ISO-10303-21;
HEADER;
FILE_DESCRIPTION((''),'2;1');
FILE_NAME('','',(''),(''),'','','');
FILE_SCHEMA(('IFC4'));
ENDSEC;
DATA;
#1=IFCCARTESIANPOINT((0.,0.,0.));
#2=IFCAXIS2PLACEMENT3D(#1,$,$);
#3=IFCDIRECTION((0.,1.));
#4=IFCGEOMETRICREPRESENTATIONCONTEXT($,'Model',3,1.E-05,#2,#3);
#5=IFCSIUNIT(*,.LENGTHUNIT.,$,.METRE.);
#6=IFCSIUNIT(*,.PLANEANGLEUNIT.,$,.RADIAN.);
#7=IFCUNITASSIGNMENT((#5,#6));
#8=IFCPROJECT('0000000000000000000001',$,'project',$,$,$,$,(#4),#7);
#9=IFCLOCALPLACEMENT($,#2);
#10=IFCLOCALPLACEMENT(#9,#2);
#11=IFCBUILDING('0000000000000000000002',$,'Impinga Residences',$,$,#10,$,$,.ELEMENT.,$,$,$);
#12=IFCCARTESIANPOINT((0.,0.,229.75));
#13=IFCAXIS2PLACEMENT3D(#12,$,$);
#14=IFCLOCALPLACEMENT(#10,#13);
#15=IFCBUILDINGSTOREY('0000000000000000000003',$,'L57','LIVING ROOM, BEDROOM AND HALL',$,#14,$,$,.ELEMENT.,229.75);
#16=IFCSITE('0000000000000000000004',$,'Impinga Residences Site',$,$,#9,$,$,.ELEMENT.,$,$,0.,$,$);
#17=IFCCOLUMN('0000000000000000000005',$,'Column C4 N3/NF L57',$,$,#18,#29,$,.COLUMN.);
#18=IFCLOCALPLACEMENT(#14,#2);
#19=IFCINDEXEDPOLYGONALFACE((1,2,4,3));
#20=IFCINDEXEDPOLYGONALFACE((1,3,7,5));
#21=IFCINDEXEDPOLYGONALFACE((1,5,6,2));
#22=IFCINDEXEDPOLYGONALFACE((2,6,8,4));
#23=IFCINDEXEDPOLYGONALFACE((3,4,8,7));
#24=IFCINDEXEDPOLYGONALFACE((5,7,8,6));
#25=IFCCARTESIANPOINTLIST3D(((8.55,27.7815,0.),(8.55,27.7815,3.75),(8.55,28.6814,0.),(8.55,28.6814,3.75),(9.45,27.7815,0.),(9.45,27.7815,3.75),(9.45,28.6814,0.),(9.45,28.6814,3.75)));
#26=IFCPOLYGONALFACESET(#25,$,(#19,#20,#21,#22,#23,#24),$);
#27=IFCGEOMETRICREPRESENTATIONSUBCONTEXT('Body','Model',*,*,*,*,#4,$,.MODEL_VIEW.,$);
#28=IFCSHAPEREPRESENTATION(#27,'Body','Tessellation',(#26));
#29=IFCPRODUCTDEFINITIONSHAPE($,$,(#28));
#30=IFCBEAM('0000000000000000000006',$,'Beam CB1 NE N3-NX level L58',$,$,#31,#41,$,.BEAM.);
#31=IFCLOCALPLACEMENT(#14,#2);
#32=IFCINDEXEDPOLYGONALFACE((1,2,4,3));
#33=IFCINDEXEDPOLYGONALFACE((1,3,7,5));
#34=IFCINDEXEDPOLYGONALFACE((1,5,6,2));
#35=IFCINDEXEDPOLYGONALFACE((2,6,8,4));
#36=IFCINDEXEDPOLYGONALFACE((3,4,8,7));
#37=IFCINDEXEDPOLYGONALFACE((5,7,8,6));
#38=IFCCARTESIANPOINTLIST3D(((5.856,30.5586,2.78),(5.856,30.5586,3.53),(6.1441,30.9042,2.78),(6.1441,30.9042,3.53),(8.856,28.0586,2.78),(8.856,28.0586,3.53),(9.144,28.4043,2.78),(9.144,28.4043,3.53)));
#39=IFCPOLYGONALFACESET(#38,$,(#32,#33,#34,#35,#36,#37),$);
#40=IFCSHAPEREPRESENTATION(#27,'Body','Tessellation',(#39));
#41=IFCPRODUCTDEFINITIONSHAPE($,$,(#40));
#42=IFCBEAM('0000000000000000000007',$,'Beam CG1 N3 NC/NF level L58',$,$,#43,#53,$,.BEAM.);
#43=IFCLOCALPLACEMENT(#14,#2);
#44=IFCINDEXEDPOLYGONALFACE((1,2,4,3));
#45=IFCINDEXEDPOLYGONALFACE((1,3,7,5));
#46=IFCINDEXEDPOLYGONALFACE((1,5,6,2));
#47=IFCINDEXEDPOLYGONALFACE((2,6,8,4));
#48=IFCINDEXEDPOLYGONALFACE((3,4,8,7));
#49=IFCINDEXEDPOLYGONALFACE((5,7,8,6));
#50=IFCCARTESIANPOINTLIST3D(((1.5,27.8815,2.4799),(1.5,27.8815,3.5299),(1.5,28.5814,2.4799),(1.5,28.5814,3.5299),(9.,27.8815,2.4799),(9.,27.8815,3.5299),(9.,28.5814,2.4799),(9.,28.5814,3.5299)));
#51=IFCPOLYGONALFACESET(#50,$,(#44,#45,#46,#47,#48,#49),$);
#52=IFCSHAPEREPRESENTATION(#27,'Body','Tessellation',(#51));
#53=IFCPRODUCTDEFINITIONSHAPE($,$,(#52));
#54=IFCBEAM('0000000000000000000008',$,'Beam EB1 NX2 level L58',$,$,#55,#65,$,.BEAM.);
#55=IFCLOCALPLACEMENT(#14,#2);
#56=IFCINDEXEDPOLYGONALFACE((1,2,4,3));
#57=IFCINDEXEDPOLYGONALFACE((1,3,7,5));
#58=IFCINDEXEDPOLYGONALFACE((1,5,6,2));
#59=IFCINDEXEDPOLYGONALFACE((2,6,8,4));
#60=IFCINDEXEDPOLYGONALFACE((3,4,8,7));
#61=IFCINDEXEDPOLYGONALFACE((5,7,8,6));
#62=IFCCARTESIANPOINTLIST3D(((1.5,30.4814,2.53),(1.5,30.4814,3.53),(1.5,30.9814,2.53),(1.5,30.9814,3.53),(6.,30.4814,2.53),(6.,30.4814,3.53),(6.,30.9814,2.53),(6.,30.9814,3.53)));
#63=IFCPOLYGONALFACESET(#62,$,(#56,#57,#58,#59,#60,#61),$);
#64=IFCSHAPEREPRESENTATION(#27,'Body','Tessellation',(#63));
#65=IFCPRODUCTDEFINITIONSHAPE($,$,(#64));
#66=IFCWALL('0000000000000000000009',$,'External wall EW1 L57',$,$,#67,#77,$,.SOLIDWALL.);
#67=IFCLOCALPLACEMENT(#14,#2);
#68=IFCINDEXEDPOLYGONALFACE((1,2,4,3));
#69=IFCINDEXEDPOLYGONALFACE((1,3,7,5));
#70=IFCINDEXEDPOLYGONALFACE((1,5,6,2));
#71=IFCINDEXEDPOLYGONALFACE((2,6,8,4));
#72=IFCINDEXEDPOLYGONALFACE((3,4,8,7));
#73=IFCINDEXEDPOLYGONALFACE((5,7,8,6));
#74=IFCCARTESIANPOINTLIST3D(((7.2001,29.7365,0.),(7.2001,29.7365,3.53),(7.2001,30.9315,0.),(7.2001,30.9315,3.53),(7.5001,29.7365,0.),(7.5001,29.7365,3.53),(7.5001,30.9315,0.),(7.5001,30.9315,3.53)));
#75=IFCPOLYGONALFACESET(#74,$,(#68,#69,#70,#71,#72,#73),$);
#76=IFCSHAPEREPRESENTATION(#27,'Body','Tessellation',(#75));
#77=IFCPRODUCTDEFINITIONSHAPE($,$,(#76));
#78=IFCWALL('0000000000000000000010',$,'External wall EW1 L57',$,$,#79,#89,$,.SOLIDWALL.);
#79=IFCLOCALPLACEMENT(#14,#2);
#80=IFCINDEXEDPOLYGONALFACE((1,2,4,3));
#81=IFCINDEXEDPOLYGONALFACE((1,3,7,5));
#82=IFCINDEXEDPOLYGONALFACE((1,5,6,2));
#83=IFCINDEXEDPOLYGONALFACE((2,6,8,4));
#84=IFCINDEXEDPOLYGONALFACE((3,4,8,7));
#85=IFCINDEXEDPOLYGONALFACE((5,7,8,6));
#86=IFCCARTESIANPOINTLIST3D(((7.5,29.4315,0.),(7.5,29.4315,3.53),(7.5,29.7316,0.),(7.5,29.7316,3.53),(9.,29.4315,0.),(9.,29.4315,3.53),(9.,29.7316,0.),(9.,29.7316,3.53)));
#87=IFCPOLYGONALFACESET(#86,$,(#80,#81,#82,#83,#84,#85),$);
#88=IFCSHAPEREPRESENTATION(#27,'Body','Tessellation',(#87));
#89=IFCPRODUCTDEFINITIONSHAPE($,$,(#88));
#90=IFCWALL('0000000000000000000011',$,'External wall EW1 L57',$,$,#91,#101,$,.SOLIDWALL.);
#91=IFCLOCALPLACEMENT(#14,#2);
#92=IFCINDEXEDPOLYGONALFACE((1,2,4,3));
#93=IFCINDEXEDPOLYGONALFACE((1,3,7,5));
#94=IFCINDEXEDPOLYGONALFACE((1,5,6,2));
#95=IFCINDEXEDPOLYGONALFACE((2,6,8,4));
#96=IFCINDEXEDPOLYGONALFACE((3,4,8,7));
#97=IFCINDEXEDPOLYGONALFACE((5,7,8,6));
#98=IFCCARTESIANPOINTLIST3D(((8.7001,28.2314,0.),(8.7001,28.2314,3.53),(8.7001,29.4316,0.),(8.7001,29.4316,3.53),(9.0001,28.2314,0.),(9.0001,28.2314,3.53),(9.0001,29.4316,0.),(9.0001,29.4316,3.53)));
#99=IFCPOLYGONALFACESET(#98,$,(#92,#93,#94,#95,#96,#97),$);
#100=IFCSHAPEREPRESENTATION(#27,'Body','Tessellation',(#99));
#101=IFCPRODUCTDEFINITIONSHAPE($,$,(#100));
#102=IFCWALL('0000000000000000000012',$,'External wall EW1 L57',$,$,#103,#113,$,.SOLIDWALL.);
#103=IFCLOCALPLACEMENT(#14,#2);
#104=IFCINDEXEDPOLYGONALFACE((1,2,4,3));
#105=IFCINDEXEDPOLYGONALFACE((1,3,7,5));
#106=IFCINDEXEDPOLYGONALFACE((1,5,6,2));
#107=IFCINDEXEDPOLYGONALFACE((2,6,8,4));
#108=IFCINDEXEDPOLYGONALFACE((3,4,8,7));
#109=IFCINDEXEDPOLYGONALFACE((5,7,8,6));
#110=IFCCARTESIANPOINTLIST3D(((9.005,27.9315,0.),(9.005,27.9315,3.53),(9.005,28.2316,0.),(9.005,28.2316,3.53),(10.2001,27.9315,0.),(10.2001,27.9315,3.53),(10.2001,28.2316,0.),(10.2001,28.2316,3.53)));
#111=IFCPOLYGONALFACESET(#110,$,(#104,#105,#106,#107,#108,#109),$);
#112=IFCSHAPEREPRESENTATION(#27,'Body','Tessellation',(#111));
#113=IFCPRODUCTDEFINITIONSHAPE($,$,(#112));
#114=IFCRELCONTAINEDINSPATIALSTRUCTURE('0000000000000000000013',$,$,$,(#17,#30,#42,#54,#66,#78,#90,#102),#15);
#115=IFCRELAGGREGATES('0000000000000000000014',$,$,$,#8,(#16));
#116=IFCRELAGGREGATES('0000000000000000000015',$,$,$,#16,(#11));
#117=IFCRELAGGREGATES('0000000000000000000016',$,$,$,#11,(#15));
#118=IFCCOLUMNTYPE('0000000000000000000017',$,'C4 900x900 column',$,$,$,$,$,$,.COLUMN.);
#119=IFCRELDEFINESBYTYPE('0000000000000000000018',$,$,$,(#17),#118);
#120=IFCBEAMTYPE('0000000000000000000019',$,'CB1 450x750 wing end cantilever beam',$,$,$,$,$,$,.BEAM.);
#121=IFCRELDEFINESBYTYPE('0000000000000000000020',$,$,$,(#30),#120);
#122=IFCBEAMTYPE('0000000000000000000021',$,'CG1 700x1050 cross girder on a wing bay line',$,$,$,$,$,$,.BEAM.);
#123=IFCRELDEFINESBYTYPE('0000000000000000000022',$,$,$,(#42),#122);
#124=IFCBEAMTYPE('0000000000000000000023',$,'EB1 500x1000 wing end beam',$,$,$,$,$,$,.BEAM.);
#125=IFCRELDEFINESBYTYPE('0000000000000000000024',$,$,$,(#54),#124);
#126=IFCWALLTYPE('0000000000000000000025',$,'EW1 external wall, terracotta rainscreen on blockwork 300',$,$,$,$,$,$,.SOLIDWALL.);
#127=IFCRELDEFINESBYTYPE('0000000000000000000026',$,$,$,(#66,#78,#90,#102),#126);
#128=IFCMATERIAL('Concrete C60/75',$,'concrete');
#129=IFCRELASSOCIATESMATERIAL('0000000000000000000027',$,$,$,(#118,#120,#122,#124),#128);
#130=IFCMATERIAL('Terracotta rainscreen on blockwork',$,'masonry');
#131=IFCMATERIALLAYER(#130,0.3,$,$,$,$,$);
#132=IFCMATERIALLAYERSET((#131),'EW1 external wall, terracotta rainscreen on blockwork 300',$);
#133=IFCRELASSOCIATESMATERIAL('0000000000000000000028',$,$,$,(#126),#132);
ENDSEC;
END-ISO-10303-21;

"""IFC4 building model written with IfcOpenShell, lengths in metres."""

from ifc_helpers import new_model, si_unit, direction, frame, frame_2d, origin, origin_2d, place, context, subcontext, project, spatial, rectangle, extrude, material, layer, layer_set, material_profile, profile_set, type_object, element, save


model = new_model("IFC4")

# Units and contexts
model_context = context("Model", 3, precision=1e-05, world=origin(), true_north=direction((0.0, 1.0)))
body_context = subcontext(model_context, "Body", "Model", "MODEL_VIEW")
ifc_project = project(units=[si_unit("LENGTHUNIT", "METRE"), si_unit("PLANEANGLEUNIT", "RADIAN")], contexts=[model_context])

# Site, building, storey
site_placement = place(None, origin())
site = spatial("IfcSite", under=ifc_project, at=site_placement, Name="Impinga Residences Site", CompositionType="ELEMENT", RefElevation=0.0)
building_placement = place(site_placement, origin())
building = spatial("IfcBuilding", under=site, at=building_placement, Name="Impinga Residences", CompositionType="ELEMENT")
storey_placement = place(building_placement, frame((0.0, 0.0, 229.75)))
storey = spatial("IfcBuildingStorey", under=building, at=storey_placement, Name="L57", Description="LIVING ROOM, BEDROOM AND HALL", CompositionType="ELEMENT", Elevation=229.75)

# Column
ifc_material_1 = material(Name="Concrete C60/75", Category="concrete")
ifc_material_profile_1 = material_profile(ifc_material_1, rectangle(XDim=0.8999, YDim=0.8999, at=origin_2d()), Name="RC 900x900")
ifc_profile_set_1 = profile_set([ifc_material_profile_1], Name="Concrete C60/75")
column_type = type_object("IfcColumnType", Name="C4 900x900 column", PredefinedType="COLUMN", material=ifc_profile_set_1)
column_placement = place(storey_placement, frame((9.0, 28.2314, 0.0), z_axis=(0.0, 0.0, 1.0), x_axis=(1.0, 0.0, 0.0)))
element("IfcColumn", 1, at=column_placement, inside=storey, type_object=column_type, Name="Column C4 N3/NF L57", PredefinedType="COLUMN", context=body_context, shape_type="SweptSolid", body=[
    extrude(rectangle(XDim=0.8999, YDim=0.8999, at=origin_2d()), origin(), (0.0, 0.0, 1.0), 3.75),
])

# Beams
ifc_material_profile_2 = material_profile(ifc_material_1, rectangle(XDim=0.45, YDim=0.75, at=origin_2d()), Name="RC 450x750")
ifc_profile_set_2 = profile_set([ifc_material_profile_2], Name="Concrete C60/75")
beam_type_1 = type_object("IfcBeamType", Name="CB1 450x750 wing end cantilever beam", PredefinedType="BEAM", material=ifc_profile_set_2)
beam_1_placement = place(storey_placement, frame((9.0, 28.2314, 3.155), z_axis=(-0.768221, 0.640184, 0.0), x_axis=(-0.640184, -0.768221, 0.0)))
element("IfcBeam", 2, at=beam_1_placement, inside=storey, type_object=beam_type_1, Name="Beam CB1 NE N3-NX level L58", PredefinedType="BEAM", context=body_context, shape_type="SweptSolid", body=[
    extrude(rectangle(XDim=0.45, YDim=0.75, at=origin_2d()), origin(), (0.0, 0.0, 1.0), 3.905),
])
ifc_material_profile_3 = material_profile(ifc_material_1, rectangle(XDim=0.7, YDim=1.05, at=origin_2d()), Name="RC 700x1050")
ifc_profile_set_3 = profile_set([ifc_material_profile_3], Name="Concrete C60/75")
beam_type_2 = type_object("IfcBeamType", Name="CG1 700x1050 cross girder on a wing bay line", PredefinedType="BEAM", material=ifc_profile_set_3)
beam_2_placement = place(storey_placement, frame((1.5, 28.2314, 3.0049), z_axis=(1.0, 0.0, 0.0), x_axis=(0.0, 1.0, 0.0)))
element("IfcBeam", 3, at=beam_2_placement, inside=storey, type_object=beam_type_2, Name="Beam CG1 N3 NC/NF level L58", PredefinedType="BEAM", context=body_context, shape_type="SweptSolid", body=[
    extrude(rectangle(XDim=0.7, YDim=1.05, at=origin_2d()), origin(), (0.0, 0.0, 1.0), 7.5),
])
ifc_material_profile_4 = material_profile(ifc_material_1, rectangle(XDim=0.5, YDim=1.0, at=origin_2d()), Name="RC 500x1000")
ifc_profile_set_4 = profile_set([ifc_material_profile_4], Name="Concrete C60/75")
beam_type_3 = type_object("IfcBeamType", Name="EB1 500x1000 wing end beam", PredefinedType="BEAM", material=ifc_profile_set_4)
beam_3_placement = place(storey_placement, frame((1.5, 30.7314, 3.03), z_axis=(1.0, 0.0, 0.0), x_axis=(0.0, 1.0, 0.0)))
element("IfcBeam", 4, at=beam_3_placement, inside=storey, type_object=beam_type_3, Name="Beam EB1 NX2 level L58", PredefinedType="BEAM", context=body_context, shape_type="SweptSolid", body=[
    extrude(rectangle(XDim=0.5, YDim=1.0, at=origin_2d()), origin(), (0.0, 0.0, 1.0), 4.5),
])

# Walls
ifc_material_2 = material(Name="Terracotta rainscreen on blockwork", Category="masonry")
ifc_layer_1 = layer(ifc_material_2, 0.3)
ifc_layer_set_1 = layer_set([ifc_layer_1], Name="EW1 external wall, terracotta rainscreen on blockwork 300")
wall_type_1 = type_object("IfcWallType", Name="EW1 external wall, terracotta rainscreen on blockwork 300", PredefinedType="SOLIDWALL", material=ifc_layer_set_1)
wall_1_placement = place(storey_placement, frame((7.3501, 30.9316, 0.0), z_axis=(0.0, 0.0, 1.0), x_axis=(0.0, -1.0, 0.0)))
element("IfcWall", 5, at=wall_1_placement, inside=storey, type_object=wall_type_1, Name="External wall EW1 L57", PredefinedType="SOLIDWALL", context=body_context, shape_type="SweptSolid", body=[
    extrude(rectangle(XDim=1.1951, YDim=0.3, at=frame_2d((0.5977, 0.0))), origin(), (0.0, 0.0, 1.0), 3.53),
])
wall_2_placement = place(storey_placement, frame((7.5, 29.5815, 0.0), z_axis=(0.0, 0.0, 1.0), x_axis=(1.0, 0.0, 0.0)))
element("IfcWall", 6, at=wall_2_placement, inside=storey, type_object=wall_type_1, Name="External wall EW1 L57", PredefinedType="SOLIDWALL", context=body_context, shape_type="SweptSolid", body=[
    extrude(rectangle(XDim=1.5, YDim=0.3, at=frame_2d((0.75, 0.0))), origin(), (0.0, 0.0, 1.0), 3.53),
])
wall_3_placement = place(storey_placement, frame((8.8501, 29.4316, 0.0), z_axis=(0.0, 0.0, 1.0), x_axis=(0.0, -1.0, 0.0)))
element("IfcWall", 7, at=wall_3_placement, inside=storey, type_object=wall_type_1, Name="External wall EW1 L57", PredefinedType="SOLIDWALL", context=body_context, shape_type="SweptSolid", body=[
    extrude(rectangle(XDim=1.2002, YDim=0.3, at=frame_2d((0.6001, 0.0))), origin(), (0.0, 0.0, 1.0), 3.53),
])
wall_4_placement = place(storey_placement, frame((9.0049, 28.0815, 0.0), z_axis=(0.0, 0.0, 1.0), x_axis=(1.0, 0.0, 0.0)))
element("IfcWall", 8, at=wall_4_placement, inside=storey, type_object=wall_type_1, Name="External wall EW1 L57", PredefinedType="SOLIDWALL", context=body_context, shape_type="SweptSolid", body=[
    extrude(rectangle(XDim=1.1951, YDim=0.3, at=frame_2d((0.5977, 0.0))), origin(), (0.0, 0.0, 1.0), 3.53),
])

save(model, "model.ifc")
